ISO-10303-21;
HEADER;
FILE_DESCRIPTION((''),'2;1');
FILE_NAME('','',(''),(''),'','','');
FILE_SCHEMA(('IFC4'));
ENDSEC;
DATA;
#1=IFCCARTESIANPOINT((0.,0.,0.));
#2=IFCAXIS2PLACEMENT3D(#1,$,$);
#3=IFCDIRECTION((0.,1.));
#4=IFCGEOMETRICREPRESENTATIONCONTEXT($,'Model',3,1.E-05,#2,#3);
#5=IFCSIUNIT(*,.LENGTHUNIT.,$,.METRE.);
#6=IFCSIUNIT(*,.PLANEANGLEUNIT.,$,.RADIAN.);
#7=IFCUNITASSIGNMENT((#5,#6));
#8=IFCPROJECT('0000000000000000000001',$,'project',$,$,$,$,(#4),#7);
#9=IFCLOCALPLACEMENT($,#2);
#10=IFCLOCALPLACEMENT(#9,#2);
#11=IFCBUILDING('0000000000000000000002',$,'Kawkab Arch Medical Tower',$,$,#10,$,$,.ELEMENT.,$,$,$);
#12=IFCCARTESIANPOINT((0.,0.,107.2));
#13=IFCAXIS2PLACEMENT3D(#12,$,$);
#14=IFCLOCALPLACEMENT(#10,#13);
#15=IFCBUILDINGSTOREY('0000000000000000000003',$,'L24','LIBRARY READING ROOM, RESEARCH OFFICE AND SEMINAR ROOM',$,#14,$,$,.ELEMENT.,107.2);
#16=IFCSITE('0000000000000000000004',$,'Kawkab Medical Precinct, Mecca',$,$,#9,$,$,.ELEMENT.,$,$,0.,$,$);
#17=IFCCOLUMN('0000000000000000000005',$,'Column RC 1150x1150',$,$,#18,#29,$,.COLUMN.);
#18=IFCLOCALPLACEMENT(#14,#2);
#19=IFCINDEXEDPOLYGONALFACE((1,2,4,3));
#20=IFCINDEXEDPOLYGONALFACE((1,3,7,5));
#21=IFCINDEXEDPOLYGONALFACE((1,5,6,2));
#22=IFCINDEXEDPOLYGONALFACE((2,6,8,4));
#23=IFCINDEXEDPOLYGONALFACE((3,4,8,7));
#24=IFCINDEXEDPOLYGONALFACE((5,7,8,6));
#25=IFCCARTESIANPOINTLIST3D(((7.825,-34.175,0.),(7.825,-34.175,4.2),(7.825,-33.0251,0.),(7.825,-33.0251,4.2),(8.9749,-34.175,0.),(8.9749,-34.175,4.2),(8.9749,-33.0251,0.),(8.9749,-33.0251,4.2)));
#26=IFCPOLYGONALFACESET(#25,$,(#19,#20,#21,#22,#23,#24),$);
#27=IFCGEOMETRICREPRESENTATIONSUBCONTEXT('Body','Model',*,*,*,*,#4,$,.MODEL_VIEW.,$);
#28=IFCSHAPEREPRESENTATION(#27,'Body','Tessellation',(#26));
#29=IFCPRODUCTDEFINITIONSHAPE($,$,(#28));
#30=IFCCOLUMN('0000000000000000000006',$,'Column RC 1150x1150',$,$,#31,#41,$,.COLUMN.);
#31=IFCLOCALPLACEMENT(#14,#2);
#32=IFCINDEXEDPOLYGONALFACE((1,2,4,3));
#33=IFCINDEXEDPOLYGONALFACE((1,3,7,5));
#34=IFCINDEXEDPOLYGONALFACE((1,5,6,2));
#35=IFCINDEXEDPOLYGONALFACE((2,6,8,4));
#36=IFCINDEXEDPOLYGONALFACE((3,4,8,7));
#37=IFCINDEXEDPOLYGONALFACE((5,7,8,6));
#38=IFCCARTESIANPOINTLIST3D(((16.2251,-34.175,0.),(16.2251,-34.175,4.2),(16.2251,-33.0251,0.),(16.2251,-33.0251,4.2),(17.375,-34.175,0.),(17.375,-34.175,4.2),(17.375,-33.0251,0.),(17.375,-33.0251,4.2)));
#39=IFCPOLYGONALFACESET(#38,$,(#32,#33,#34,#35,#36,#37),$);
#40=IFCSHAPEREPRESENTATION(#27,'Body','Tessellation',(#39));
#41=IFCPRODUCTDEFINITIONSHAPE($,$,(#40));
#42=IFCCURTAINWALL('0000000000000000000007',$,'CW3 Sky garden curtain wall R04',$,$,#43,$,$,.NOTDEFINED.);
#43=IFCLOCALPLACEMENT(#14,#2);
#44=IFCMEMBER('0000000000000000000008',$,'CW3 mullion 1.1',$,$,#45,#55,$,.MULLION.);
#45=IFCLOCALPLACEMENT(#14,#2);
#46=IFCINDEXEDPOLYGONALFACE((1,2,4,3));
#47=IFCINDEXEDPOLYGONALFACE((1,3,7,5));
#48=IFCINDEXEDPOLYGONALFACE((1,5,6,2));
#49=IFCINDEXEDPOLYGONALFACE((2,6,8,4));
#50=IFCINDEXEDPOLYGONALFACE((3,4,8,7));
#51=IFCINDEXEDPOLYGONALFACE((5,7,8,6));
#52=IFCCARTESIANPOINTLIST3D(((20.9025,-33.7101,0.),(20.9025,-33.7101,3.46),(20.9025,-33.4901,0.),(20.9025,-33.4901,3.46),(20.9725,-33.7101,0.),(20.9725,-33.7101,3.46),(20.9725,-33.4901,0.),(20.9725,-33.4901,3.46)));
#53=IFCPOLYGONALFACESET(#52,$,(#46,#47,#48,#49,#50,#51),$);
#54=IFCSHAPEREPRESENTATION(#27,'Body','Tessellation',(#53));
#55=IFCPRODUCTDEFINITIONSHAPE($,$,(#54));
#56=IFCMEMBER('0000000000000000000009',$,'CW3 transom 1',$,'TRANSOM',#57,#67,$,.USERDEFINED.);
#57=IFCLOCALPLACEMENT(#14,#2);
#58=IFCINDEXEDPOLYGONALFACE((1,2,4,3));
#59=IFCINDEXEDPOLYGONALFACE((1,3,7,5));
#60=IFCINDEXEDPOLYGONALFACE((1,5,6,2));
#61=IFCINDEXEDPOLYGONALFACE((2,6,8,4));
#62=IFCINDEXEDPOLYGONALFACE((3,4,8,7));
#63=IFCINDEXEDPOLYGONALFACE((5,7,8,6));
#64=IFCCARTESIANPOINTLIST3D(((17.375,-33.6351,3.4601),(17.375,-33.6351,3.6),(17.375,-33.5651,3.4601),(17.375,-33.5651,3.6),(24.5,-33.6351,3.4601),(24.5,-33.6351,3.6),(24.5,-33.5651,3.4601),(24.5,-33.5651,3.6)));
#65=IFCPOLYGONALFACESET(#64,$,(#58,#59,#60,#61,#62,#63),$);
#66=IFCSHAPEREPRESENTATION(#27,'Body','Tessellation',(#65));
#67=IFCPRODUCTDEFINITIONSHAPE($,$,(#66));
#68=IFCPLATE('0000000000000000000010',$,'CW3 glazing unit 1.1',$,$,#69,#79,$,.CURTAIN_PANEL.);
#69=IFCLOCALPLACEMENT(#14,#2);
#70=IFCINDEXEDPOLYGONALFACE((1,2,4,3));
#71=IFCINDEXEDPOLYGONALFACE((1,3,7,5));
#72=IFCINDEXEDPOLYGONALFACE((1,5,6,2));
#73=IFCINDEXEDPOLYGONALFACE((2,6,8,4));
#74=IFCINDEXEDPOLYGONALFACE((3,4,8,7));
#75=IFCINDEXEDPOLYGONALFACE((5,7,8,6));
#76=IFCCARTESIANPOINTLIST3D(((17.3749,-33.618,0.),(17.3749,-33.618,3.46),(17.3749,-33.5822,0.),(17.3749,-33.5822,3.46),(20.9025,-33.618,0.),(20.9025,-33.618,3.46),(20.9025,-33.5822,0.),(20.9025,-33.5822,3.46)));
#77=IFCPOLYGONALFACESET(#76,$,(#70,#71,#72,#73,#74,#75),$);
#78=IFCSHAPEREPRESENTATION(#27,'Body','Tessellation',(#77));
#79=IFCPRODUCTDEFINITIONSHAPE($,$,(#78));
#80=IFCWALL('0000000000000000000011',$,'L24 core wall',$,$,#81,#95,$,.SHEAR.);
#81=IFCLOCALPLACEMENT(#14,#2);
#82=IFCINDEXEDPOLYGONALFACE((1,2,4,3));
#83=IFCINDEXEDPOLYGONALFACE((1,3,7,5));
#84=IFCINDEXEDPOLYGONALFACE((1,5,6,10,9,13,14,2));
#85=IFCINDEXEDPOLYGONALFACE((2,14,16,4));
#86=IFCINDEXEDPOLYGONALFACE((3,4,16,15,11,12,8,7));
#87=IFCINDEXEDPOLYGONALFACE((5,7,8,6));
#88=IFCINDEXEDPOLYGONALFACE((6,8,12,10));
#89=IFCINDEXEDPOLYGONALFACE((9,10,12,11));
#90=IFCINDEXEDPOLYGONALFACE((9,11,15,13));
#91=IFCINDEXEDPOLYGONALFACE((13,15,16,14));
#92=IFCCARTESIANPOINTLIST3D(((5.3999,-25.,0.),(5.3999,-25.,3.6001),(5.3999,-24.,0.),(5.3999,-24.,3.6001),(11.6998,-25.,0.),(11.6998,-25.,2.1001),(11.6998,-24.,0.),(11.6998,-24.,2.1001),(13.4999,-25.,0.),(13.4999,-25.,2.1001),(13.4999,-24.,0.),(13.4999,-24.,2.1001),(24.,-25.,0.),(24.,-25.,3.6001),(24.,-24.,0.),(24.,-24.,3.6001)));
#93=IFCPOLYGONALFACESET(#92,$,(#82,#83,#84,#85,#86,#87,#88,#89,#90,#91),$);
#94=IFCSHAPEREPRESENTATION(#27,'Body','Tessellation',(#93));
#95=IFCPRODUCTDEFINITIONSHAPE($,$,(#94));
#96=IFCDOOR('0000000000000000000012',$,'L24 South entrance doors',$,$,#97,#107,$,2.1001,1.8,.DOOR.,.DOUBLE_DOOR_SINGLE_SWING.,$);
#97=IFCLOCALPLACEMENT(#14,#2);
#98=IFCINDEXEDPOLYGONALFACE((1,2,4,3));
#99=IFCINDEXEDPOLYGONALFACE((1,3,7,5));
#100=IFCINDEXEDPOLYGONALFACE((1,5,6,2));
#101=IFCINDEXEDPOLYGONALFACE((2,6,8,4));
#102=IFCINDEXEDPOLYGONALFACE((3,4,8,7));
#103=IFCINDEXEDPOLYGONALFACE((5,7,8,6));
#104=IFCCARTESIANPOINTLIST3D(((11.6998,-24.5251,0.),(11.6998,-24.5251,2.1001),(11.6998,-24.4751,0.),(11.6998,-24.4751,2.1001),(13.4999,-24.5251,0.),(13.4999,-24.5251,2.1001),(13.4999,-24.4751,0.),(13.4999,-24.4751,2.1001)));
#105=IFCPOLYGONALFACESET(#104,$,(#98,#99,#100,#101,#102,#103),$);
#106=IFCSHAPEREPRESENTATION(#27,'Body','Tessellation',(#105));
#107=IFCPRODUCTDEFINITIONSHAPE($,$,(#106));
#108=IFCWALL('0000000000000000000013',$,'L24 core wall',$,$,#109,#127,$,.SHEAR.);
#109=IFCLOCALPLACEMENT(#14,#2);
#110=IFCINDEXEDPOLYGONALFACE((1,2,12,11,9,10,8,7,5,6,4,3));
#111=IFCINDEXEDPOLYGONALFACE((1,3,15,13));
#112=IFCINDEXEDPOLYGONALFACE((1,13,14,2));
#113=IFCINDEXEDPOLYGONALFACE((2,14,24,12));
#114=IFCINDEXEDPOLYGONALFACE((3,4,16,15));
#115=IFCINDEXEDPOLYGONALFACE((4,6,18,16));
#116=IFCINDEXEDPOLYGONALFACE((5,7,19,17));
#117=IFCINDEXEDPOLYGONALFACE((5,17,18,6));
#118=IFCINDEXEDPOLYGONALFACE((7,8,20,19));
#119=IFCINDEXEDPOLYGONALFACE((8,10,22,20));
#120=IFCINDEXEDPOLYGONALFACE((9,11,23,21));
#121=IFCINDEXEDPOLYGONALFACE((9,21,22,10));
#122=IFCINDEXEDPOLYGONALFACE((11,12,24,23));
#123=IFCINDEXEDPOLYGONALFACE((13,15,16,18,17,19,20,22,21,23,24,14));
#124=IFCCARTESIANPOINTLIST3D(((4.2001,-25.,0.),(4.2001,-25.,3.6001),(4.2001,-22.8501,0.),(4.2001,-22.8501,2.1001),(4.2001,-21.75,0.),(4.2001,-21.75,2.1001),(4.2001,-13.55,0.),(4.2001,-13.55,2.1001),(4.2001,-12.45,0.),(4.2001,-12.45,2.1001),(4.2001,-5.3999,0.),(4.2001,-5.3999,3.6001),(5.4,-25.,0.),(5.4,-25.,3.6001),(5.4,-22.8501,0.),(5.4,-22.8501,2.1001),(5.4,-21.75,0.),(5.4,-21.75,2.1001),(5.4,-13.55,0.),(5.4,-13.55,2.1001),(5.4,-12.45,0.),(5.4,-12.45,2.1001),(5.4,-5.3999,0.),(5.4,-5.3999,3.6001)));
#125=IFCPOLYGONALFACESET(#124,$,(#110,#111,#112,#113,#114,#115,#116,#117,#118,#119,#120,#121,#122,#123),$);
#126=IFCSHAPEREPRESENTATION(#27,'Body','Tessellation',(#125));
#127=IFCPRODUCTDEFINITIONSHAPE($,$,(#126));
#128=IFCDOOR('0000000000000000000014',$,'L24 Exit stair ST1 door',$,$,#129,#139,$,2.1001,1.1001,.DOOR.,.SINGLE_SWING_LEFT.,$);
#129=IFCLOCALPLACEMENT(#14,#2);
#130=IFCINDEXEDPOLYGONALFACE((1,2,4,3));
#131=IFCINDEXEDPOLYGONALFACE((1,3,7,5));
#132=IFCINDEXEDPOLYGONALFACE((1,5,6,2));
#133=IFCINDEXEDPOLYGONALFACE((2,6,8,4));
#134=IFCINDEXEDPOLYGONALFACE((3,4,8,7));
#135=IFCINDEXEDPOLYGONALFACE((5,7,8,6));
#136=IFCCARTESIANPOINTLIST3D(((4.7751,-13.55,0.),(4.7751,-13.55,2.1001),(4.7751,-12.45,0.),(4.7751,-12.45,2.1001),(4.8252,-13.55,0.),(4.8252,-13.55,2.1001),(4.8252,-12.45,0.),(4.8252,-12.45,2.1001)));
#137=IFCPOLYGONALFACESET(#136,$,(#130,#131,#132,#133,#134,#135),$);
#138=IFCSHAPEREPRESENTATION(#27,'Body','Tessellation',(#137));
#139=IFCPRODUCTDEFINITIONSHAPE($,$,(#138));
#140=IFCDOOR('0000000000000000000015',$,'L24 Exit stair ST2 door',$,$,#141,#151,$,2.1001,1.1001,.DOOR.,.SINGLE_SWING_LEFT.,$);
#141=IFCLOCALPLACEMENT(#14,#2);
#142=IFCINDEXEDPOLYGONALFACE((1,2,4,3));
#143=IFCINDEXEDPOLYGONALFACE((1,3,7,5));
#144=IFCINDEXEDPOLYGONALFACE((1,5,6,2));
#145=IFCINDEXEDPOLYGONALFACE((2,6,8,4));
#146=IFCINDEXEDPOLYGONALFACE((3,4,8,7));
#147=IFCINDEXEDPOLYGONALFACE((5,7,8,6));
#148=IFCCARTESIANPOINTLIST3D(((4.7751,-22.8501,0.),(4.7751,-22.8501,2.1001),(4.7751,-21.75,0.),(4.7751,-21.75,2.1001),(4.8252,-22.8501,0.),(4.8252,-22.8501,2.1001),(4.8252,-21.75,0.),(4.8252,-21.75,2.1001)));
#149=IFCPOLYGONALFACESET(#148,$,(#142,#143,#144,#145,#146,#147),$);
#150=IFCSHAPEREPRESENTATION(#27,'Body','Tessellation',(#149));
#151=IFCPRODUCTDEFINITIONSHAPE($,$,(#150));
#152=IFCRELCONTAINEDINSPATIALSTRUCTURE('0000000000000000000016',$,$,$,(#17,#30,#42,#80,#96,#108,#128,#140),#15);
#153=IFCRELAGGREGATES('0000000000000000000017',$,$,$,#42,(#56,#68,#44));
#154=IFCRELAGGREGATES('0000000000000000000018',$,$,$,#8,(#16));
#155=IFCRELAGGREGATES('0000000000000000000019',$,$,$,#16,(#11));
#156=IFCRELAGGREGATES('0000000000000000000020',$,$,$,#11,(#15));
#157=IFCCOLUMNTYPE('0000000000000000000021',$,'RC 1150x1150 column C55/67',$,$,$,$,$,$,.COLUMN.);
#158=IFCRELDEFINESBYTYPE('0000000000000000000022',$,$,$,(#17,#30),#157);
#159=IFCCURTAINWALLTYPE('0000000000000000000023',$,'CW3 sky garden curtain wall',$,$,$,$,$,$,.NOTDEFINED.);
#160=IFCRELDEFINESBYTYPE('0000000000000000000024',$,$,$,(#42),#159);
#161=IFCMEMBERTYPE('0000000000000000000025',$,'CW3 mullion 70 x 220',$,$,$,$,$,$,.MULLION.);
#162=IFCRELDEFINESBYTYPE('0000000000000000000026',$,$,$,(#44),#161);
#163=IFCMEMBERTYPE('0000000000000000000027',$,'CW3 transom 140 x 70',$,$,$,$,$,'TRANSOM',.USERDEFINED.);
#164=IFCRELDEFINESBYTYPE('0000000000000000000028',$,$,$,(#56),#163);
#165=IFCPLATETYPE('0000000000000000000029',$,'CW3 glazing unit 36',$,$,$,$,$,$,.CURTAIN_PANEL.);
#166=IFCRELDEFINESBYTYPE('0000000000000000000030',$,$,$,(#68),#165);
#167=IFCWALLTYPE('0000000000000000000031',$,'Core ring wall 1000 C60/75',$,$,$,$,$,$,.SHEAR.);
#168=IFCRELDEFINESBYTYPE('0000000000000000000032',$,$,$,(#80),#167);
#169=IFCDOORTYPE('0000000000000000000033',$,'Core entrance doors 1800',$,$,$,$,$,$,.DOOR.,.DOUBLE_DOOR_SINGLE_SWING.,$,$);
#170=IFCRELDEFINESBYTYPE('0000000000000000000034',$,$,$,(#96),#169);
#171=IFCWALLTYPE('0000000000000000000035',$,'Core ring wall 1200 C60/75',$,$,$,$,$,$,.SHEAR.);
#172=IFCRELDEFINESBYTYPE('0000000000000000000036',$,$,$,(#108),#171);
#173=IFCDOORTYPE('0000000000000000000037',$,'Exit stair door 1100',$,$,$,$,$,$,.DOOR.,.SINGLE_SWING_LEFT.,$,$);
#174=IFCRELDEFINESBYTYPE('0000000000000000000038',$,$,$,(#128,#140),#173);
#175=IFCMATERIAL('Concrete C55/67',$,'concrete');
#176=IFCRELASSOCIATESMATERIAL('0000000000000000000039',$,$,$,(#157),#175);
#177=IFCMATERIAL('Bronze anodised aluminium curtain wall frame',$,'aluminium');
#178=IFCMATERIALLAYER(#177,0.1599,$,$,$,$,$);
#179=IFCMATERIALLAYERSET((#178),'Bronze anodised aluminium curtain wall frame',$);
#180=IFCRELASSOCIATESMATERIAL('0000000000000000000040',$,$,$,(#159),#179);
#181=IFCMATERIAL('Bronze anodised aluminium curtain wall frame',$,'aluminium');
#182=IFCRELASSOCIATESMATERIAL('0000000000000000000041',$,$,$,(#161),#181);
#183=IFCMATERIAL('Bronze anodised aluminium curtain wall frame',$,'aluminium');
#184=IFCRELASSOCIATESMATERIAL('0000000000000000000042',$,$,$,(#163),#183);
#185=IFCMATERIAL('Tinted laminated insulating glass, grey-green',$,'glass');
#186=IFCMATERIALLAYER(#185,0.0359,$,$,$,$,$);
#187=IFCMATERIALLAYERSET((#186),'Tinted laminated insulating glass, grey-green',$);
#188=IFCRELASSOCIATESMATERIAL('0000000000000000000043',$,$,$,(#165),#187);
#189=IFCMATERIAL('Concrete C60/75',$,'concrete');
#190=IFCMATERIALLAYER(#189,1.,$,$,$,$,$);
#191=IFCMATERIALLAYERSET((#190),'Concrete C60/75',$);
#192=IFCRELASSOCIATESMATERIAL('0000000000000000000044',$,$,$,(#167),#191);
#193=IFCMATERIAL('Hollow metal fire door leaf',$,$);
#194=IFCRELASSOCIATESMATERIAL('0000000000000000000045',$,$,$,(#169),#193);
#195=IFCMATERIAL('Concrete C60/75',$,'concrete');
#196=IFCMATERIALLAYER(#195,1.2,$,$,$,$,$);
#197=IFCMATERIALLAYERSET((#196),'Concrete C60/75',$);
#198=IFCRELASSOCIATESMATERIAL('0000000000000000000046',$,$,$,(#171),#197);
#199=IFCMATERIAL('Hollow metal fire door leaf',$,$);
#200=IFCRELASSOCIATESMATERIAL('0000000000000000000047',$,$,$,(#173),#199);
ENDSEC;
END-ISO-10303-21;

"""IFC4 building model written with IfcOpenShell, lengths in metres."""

from ifc_helpers import new_model, si_unit, direction, frame, frame_2d, origin, origin_2d, place, context, subcontext, project, spatial, rectangle, extrude, material, layer, layer_set, material_profile, profile_set, type_object, element, fill, aggregate, save


model = new_model("IFC4")

# Units and contexts
model_context = context("Model", 3, precision=1e-05, world=origin(), true_north=direction((0.0, 1.0)))
body_context = subcontext(model_context, "Body", "Model", "MODEL_VIEW")
ifc_project = project(units=[si_unit("LENGTHUNIT", "METRE"), si_unit("PLANEANGLEUNIT", "RADIAN")], contexts=[model_context])

# Site, building, storey
site_placement = place(None, origin())
site = spatial("IfcSite", under=ifc_project, at=site_placement, Name="Kawkab Medical Precinct, Mecca", CompositionType="ELEMENT", RefElevation=0.0)
building_placement = place(site_placement, origin())
building = spatial("IfcBuilding", under=site, at=building_placement, Name="Kawkab Arch Medical Tower", CompositionType="ELEMENT")
storey_placement = place(building_placement, frame((0.0, 0.0, 107.2)))
storey = spatial("IfcBuildingStorey", under=building, at=storey_placement, Name="L24", Description="LIBRARY READING ROOM, RESEARCH OFFICE AND SEMINAR ROOM", CompositionType="ELEMENT", Elevation=107.2)

# Columns
ifc_material_1 = material(Name="Concrete C55/67", Category="concrete")
ifc_material_profile_1 = material_profile(ifc_material_1, rectangle(XDim=1.1499, YDim=1.1499, at=origin_2d()), Name="RC 1150x1150")
ifc_profile_set_1 = profile_set([ifc_material_profile_1], Name="Concrete C55/67")
column_type = type_object("IfcColumnType", Name="RC 1150x1150 column C55/67", PredefinedType="COLUMN", material=ifc_profile_set_1)
for number, where, z_axis, x_axis, name in (
    (1, (8.3999, -33.6001, 0.0), (0.0, 0.0, 1.0), (1.0, 0.0, 0.0), "Column RC 1150x1150"),
    (2, (16.8, -33.6001, 0.0), (0.0, 0.0, 1.0), (1.0, 0.0, 0.0), "Column RC 1150x1150"),
):
    element("IfcColumn", number, at=place(storey_placement, frame(where, z_axis=z_axis, x_axis=x_axis)), inside=storey, type_object=column_type, Name=name, PredefinedType="COLUMN", context=body_context, shape_type="SweptSolid", body=[
        extrude(rectangle(XDim=1.1499, YDim=1.1499, at=origin_2d()), origin(), (0.0, 0.0, 1.0), 4.2),
    ])

# Curtain wall, members, plate
ifc_material_2 = material(Name="Bronze anodised aluminium curtain wall frame", Category="aluminium")
ifc_layer_1 = layer(ifc_material_2, 0.1599)
ifc_layer_set_1 = layer_set([ifc_layer_1], Name="Bronze anodised aluminium curtain wall frame")
curtain_wall_type = type_object("IfcCurtainWallType", Name="CW3 sky garden curtain wall", PredefinedType="NOTDEFINED", material=ifc_layer_set_1)
curtain_wall_placement = place(storey_placement, origin())
curtain_wall = element("IfcCurtainWall", 3, at=curtain_wall_placement, inside=storey, type_object=curtain_wall_type, Name="CW3 Sky garden curtain wall R04", PredefinedType="NOTDEFINED")
ifc_material_3 = material(Name="Bronze anodised aluminium curtain wall frame", Category="aluminium")
ifc_material_profile_2 = material_profile(ifc_material_3, rectangle(XDim=0.22, YDim=0.0701, at=origin_2d()), Name="AL 70x220")
ifc_profile_set_2 = profile_set([ifc_material_profile_2], Name="Bronze anodised aluminium curtain wall frame")
member_type_1 = type_object("IfcMemberType", Name="CW3 mullion 70 x 220", PredefinedType="MULLION", material=ifc_profile_set_2)
member_1_placement = place(storey_placement, frame((20.9375, -33.6001, 0.0), z_axis=(0.0, 0.0, 1.0), x_axis=(0.0, 1.0, 0.0)))
member_1 = element("IfcMember", 4, at=member_1_placement, type_object=member_type_1, Name="CW3 mullion 1.1", PredefinedType="MULLION", context=body_context, shape_type="SweptSolid", body=[
    extrude(rectangle(XDim=0.22, YDim=0.0701, at=origin_2d()), origin(), (0.0, 0.0, 1.0), 3.46),
])
ifc_material_4 = material(Name="Bronze anodised aluminium curtain wall frame", Category="aluminium")
ifc_material_profile_3 = material_profile(ifc_material_4, rectangle(XDim=0.0701, YDim=0.1399, at=origin_2d()), Name="AL 70x140")
ifc_profile_set_3 = profile_set([ifc_material_profile_3], Name="Bronze anodised aluminium curtain wall frame")
member_type_2 = type_object("IfcMemberType", Name="CW3 transom 140 x 70", ElementType="TRANSOM", PredefinedType="USERDEFINED", material=ifc_profile_set_3)
member_2_placement = place(storey_placement, frame((17.375, -33.6001, 3.53), z_axis=(1.0, 0.0, 0.0), x_axis=(0.0, 1.0, 0.0)))
member_2 = element("IfcMember", 5, at=member_2_placement, type_object=member_type_2, Name="CW3 transom 1", ObjectType="TRANSOM", PredefinedType="USERDEFINED", context=body_context, shape_type="SweptSolid", body=[
    extrude(rectangle(XDim=0.0701, YDim=0.1399, at=origin_2d()), origin(), (0.0, 0.0, 1.0), 7.125),
])
ifc_material_5 = material(Name="Tinted laminated insulating glass, grey-green", Category="glass")
ifc_layer_2 = layer(ifc_material_5, 0.0359)
ifc_layer_set_2 = layer_set([ifc_layer_2], Name="Tinted laminated insulating glass, grey-green")
plate_type = type_object("IfcPlateType", Name="CW3 glazing unit 36", PredefinedType="CURTAIN_PANEL", material=ifc_layer_set_2)
plate_placement = place(storey_placement, frame((19.1387, -33.6001, 0.0), z_axis=(0.0, 0.0, 1.0), x_axis=(1.0, 0.0, 0.0)))
plate = element("IfcPlate", 6, at=plate_placement, type_object=plate_type, Name="CW3 glazing unit 1.1", PredefinedType="CURTAIN_PANEL", context=body_context, shape_type="SweptSolid", body=[
    extrude(rectangle(XDim=3.5276, YDim=0.0359, at=origin_2d()), origin(), (0.0, 0.0, 1.0), 3.46),
])
aggregate(curtain_wall, [member_2, plate, member_1])

# Wall, opening, door
ifc_material_6 = material(Name="Concrete C60/75", Category="concrete")
ifc_layer_3 = layer(ifc_material_6, 1.0)
ifc_layer_set_3 = layer_set([ifc_layer_3], Name="Concrete C60/75")
wall_type_1 = type_object("IfcWallType", Name="Core ring wall 1000 C60/75", PredefinedType="SHEAR", material=ifc_layer_set_3)
wall_1_placement = place(storey_placement, frame((5.3999, -24.5, 0.0), z_axis=(0.0, 0.0, 1.0), x_axis=(1.0, 0.0, 0.0)))
wall_1 = element("IfcWall", 7, at=wall_1_placement, inside=storey, type_object=wall_type_1, Name="L24 core wall", PredefinedType="SHEAR", context=body_context, shape_type="SweptSolid", body=[
    extrude(rectangle(XDim=18.6001, YDim=1.0, at=frame_2d((9.3, 0.0))), origin(), (0.0, 0.0, 1.0), 3.6001),
])
opening_1_placement = place(wall_1_placement, frame((6.3, 0.0, 0.0)))
opening_1 = element("IfcOpeningElement", 8, at=opening_1_placement, cuts=wall_1, PredefinedType="OPENING", context=body_context, shape_type="SweptSolid", body=[
    extrude(rectangle(XDim=1.8, YDim=2.1001, at=frame_2d((0.8999, 1.05))), frame((0.0, 0.51, 0.0), z_axis=(0.0, -1.0, 0.0), x_axis=(1.0, 0.0, 0.0)), (0.0, 0.0, 1.0), 1.02),
])
ifc_material_7 = material(Name="Hollow metal fire door leaf")
door_type_1 = type_object("IfcDoorType", Name="Core entrance doors 1800", OperationType="DOUBLE_DOOR_SINGLE_SWING", PredefinedType="DOOR", material=ifc_material_7)
door_1_placement = place(opening_1_placement, origin())
door_1 = element("IfcDoor", 9, at=door_1_placement, inside=storey, type_object=door_type_1, Name="L24 South entrance doors", OperationType="DOUBLE_DOOR_SINGLE_SWING", OverallHeight=2.1001, OverallWidth=1.8, PredefinedType="DOOR", context=body_context, shape_type="SweptSolid", body=[
    extrude(rectangle(XDim=1.8, YDim=2.1001, at=frame_2d((0.8999, 1.05))), frame((0.0, 0.0249, 0.0), z_axis=(0.0, -1.0, 0.0), x_axis=(1.0, 0.0, 0.0)), (0.0, 0.0, 1.0), 0.05),
])
fill(opening_1, door_1)

# Wall, openings, doors
ifc_material_8 = material(Name="Concrete C60/75", Category="concrete")
ifc_layer_4 = layer(ifc_material_8, 1.2)
ifc_layer_set_4 = layer_set([ifc_layer_4], Name="Concrete C60/75")
wall_type_2 = type_object("IfcWallType", Name="Core ring wall 1200 C60/75", PredefinedType="SHEAR", material=ifc_layer_set_4)
wall_2_placement = place(storey_placement, frame((4.8, -25.0, 0.0), z_axis=(0.0, 0.0, 1.0), x_axis=(0.0, 1.0, 0.0)))
wall_2 = element("IfcWall", 10, at=wall_2_placement, inside=storey, type_object=wall_type_2, Name="L24 core wall", PredefinedType="SHEAR", context=body_context, shape_type="SweptSolid", body=[
    extrude(rectangle(XDim=19.6001, YDim=1.2, at=frame_2d((9.8, 0.0))), origin(), (0.0, 0.0, 1.0), 3.6001),
])
opening_2_placement = place(wall_2_placement, frame((11.45, 0.0, 0.0)))
opening_2 = element("IfcOpeningElement", 11, at=opening_2_placement, cuts=wall_2, PredefinedType="OPENING", context=body_context, shape_type="SweptSolid", body=[
    extrude(rectangle(XDim=1.1001, YDim=2.1001, at=frame_2d((0.55, 1.05))), frame((0.0, 0.6099, 0.0), z_axis=(0.0, -1.0, 0.0), x_axis=(1.0, 0.0, 0.0)), (0.0, 0.0, 1.0), 1.22),
])
opening_3_placement = place(wall_2_placement, frame((2.1499, 0.0, 0.0)))
opening_3 = element("IfcOpeningElement", 12, at=opening_3_placement, cuts=wall_2, PredefinedType="OPENING", context=body_context, shape_type="SweptSolid", body=[
    extrude(rectangle(XDim=1.1001, YDim=2.1001, at=frame_2d((0.55, 1.05))), frame((0.0, 0.6099, 0.0), z_axis=(0.0, -1.0, 0.0), x_axis=(1.0, 0.0, 0.0)), (0.0, 0.0, 1.0), 1.22),
])
ifc_material_9 = material(Name="Hollow metal fire door leaf")
door_type_2 = type_object("IfcDoorType", Name="Exit stair door 1100", OperationType="SINGLE_SWING_LEFT", PredefinedType="DOOR", material=ifc_material_9)
door_2_placement = place(opening_2_placement, origin())
door_2 = element("IfcDoor", 13, at=door_2_placement, inside=storey, type_object=door_type_2, Name="L24 Exit stair ST1 door", OperationType="SINGLE_SWING_LEFT", OverallHeight=2.1001, OverallWidth=1.1001, PredefinedType="DOOR", context=body_context, shape_type="SweptSolid", body=[
    extrude(rectangle(XDim=1.1001, YDim=2.1001, at=frame_2d((0.55, 1.05))), frame((0.0, 0.0249, 0.0), z_axis=(0.0, -1.0, 0.0), x_axis=(1.0, 0.0, 0.0)), (0.0, 0.0, 1.0), 0.05),
])
fill(opening_2, door_2)
door_3_placement = place(opening_3_placement, origin())
door_3 = element("IfcDoor", 14, at=door_3_placement, inside=storey, type_object=door_type_2, Name="L24 Exit stair ST2 door", OperationType="SINGLE_SWING_LEFT", OverallHeight=2.1001, OverallWidth=1.1001, PredefinedType="DOOR", context=body_context, shape_type="SweptSolid", body=[
    extrude(rectangle(XDim=1.1001, YDim=2.1001, at=frame_2d((0.55, 1.05))), frame((0.0, 0.0249, 0.0), z_axis=(0.0, -1.0, 0.0), x_axis=(1.0, 0.0, 0.0)), (0.0, 0.0, 1.0), 0.05),
])
fill(opening_3, door_3)

save(model, "model.ifc")
